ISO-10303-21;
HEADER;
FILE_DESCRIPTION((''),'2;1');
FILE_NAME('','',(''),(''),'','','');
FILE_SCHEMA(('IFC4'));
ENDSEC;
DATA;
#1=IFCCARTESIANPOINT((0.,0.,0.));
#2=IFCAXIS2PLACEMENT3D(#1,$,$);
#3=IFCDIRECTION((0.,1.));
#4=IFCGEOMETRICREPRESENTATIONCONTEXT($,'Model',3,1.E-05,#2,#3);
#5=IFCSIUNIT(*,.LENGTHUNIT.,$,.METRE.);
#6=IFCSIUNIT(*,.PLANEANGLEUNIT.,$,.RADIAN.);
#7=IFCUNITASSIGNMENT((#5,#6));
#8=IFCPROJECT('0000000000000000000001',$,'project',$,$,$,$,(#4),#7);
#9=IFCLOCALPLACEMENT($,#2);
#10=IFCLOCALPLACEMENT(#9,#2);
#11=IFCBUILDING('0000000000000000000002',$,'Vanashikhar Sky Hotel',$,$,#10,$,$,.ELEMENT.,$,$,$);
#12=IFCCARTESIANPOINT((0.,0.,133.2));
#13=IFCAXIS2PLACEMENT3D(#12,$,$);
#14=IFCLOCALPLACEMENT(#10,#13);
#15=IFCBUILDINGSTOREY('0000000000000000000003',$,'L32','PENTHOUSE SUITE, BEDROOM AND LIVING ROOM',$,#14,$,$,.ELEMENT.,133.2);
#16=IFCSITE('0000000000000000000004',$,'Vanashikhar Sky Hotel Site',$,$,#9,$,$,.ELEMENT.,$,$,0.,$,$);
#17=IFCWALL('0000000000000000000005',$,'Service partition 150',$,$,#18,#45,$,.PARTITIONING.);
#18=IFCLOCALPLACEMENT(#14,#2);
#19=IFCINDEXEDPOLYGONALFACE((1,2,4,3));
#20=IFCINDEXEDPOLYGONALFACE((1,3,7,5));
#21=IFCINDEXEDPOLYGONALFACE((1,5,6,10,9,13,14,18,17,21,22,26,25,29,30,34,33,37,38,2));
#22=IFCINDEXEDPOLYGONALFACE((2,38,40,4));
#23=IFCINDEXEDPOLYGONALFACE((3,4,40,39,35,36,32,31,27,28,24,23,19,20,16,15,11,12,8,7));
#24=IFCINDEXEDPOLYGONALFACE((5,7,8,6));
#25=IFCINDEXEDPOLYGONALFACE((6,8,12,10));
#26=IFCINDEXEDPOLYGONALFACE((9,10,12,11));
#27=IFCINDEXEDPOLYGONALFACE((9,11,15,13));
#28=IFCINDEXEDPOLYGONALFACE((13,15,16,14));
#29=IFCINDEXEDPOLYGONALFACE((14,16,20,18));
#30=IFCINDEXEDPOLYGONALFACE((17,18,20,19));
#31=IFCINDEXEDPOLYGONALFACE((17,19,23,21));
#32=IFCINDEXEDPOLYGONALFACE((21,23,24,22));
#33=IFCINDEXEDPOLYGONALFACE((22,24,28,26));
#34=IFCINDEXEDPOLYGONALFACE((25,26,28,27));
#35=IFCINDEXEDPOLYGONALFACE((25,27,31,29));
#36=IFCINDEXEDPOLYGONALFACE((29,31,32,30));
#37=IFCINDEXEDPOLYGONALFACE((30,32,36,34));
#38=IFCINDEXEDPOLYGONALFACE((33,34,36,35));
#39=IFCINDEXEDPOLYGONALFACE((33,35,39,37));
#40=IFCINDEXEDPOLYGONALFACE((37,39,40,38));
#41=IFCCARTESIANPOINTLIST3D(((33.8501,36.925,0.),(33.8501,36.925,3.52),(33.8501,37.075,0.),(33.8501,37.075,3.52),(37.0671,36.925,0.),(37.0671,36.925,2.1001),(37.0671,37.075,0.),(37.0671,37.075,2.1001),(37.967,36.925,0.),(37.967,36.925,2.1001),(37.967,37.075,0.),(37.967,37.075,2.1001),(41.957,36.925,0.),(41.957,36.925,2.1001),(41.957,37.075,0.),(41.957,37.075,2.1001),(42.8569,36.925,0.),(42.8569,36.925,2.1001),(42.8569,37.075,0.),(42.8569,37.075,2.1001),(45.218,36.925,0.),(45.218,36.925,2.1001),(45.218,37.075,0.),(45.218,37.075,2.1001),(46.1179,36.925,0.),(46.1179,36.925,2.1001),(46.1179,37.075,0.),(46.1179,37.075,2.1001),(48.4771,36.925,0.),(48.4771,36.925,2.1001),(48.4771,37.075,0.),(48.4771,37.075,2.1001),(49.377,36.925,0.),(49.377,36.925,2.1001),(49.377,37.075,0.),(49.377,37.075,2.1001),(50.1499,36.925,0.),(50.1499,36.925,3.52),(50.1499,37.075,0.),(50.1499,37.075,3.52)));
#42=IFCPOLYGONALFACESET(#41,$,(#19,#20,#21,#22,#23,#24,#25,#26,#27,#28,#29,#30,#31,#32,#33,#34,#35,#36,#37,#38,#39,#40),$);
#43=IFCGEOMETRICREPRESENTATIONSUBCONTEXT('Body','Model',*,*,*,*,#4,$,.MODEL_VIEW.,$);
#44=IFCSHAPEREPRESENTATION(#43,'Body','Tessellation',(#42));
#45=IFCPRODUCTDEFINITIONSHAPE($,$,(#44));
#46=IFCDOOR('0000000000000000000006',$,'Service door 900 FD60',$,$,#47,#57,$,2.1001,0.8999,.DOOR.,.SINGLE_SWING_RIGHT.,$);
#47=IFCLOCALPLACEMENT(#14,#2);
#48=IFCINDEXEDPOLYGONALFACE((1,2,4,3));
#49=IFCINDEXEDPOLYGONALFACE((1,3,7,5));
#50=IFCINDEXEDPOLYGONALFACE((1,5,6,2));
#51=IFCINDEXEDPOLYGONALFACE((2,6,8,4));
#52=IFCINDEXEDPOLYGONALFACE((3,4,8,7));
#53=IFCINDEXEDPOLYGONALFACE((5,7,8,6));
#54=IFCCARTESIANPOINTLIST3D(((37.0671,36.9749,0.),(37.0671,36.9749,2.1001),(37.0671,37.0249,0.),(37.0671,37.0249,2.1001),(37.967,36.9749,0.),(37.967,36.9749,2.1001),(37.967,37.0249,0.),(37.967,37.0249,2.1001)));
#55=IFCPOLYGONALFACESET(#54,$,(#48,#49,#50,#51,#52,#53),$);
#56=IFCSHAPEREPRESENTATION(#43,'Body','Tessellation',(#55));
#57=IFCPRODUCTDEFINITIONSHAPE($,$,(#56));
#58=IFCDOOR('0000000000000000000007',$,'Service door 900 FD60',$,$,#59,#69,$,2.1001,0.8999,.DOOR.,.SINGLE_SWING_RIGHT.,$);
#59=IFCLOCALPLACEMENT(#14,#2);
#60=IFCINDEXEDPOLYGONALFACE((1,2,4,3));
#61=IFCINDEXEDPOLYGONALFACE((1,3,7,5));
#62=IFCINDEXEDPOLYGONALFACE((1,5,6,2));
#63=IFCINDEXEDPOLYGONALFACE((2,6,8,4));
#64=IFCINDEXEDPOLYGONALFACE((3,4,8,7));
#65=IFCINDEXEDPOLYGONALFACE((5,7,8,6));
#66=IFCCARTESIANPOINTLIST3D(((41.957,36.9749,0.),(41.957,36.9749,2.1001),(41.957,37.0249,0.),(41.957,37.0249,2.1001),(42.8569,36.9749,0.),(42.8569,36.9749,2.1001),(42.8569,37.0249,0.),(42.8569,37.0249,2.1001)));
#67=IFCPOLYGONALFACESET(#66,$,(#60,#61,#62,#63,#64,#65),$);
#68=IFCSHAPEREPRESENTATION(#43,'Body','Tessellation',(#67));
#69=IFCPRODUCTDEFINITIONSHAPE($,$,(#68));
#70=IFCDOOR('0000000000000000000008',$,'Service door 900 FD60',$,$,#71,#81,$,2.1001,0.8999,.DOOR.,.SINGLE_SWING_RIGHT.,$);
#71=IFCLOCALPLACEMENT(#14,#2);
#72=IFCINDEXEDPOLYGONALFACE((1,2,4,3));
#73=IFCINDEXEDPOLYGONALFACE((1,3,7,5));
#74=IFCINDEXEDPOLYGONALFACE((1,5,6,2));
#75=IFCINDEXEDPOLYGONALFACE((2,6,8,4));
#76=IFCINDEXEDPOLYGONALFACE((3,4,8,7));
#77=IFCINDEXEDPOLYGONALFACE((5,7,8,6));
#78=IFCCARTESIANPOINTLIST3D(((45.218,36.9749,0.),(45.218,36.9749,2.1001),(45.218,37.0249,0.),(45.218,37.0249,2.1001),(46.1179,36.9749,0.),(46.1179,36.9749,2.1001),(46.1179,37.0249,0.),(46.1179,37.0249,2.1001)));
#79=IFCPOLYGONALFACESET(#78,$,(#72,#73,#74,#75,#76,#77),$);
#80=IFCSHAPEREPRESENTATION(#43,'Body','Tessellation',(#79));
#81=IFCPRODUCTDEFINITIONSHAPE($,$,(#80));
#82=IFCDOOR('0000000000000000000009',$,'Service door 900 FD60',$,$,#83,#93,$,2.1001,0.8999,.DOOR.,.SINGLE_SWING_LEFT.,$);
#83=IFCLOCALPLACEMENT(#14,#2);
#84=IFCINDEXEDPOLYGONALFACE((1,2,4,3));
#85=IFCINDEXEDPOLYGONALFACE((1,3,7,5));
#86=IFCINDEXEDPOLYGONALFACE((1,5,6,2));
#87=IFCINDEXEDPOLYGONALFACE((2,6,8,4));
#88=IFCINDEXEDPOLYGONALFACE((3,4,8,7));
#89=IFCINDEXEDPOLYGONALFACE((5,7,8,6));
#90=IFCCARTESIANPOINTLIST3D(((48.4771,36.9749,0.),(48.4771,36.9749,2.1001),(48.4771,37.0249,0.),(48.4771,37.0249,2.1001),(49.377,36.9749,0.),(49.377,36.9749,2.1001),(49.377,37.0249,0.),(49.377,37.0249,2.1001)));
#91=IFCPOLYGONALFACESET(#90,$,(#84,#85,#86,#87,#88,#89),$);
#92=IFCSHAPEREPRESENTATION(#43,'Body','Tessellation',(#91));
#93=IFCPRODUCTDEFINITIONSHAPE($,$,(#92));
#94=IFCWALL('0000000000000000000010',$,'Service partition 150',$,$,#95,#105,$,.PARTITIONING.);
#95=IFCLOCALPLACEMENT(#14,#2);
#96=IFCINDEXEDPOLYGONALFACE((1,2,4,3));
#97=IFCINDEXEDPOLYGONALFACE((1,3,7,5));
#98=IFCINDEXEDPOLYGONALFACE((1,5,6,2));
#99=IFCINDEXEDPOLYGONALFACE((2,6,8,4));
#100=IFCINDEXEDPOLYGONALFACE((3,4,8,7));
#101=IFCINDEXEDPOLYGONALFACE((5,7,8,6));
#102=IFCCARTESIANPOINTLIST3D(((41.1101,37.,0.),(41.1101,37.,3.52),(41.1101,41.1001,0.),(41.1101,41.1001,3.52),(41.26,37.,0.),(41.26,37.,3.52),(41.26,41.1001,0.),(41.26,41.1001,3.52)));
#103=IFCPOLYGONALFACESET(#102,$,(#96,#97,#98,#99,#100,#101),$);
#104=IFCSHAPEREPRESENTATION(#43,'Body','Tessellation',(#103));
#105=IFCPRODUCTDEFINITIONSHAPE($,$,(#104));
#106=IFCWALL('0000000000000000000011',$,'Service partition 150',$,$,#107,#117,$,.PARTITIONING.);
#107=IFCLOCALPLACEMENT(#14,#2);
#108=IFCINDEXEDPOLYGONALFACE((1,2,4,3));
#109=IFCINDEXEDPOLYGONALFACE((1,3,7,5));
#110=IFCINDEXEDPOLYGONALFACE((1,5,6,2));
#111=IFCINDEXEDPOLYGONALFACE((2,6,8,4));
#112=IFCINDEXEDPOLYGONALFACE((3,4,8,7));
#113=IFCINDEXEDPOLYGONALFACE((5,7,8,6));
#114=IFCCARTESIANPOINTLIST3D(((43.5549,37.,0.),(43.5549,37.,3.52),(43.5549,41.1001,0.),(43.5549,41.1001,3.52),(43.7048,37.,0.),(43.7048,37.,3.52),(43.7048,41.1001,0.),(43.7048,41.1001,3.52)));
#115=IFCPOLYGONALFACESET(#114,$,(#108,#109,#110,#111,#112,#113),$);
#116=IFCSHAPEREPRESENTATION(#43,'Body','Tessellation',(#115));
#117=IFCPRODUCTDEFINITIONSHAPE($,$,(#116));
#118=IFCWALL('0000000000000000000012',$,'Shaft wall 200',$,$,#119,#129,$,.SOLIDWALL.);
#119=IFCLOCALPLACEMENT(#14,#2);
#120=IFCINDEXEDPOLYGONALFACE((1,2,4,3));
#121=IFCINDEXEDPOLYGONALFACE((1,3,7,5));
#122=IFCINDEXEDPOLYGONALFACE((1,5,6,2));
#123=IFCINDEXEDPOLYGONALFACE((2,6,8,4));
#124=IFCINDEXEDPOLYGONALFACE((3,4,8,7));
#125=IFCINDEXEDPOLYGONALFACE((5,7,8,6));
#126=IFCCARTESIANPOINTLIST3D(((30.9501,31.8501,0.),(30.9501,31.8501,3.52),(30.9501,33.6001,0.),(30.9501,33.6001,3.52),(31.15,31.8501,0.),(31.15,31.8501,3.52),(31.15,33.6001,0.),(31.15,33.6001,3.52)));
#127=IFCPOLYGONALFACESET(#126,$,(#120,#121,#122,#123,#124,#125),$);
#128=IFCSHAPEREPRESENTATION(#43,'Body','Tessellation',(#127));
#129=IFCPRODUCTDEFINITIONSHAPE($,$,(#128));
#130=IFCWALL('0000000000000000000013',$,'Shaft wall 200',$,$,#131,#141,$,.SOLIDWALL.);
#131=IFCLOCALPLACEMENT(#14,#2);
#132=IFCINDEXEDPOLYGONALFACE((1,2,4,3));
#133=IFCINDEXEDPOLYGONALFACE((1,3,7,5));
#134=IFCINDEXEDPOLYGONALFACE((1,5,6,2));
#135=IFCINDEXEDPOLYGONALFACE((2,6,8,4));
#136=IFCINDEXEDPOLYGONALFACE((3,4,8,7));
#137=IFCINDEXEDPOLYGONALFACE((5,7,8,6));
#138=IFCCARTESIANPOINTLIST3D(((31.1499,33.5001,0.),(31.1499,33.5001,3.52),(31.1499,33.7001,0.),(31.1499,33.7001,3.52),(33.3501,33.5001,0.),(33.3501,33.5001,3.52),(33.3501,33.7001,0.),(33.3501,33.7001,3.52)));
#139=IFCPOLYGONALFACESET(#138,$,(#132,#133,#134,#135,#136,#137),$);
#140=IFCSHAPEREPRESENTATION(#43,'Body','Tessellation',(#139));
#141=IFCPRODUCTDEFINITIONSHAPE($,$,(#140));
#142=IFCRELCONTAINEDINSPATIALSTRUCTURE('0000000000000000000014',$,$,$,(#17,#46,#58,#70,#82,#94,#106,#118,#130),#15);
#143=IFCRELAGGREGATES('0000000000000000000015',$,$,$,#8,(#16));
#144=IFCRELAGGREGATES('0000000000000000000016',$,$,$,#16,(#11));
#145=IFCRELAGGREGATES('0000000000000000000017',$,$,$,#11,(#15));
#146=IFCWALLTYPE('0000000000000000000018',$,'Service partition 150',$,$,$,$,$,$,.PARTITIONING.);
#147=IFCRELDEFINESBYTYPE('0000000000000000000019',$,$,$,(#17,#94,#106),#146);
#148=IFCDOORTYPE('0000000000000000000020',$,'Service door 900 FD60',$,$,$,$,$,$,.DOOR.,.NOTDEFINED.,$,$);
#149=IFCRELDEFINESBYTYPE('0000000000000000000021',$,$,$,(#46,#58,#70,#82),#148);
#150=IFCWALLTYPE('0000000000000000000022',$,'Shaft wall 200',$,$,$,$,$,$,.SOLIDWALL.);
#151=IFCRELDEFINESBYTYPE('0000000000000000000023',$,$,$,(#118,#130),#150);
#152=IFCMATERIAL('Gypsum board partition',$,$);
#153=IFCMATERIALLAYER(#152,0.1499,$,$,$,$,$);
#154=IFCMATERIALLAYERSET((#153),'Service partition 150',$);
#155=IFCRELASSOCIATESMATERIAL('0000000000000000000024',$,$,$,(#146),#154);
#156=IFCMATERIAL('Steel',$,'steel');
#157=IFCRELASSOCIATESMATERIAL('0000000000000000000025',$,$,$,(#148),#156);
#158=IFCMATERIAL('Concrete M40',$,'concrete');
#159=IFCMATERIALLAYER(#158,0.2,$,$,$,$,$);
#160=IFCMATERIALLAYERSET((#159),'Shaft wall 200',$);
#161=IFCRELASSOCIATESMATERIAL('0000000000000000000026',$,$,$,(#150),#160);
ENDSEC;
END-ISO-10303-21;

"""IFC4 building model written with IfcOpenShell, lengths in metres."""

from ifc_helpers import new_model, si_unit, direction, frame, frame_2d, origin, place, context, subcontext, project, spatial, rectangle, extrude, source, transform, mapped, material, layer, layer_set, type_object, element, fill, save


model = new_model("IFC4")

# Units and contexts
model_context = context("Model", 3, precision=1e-05, world=origin(), true_north=direction((0.0, 1.0)))
body_context = subcontext(model_context, "Body", "Model", "MODEL_VIEW")
ifc_project = project(units=[si_unit("LENGTHUNIT", "METRE"), si_unit("PLANEANGLEUNIT", "RADIAN")], contexts=[model_context])

# Site, building, storey
site_placement = place(None, origin())
site = spatial("IfcSite", under=ifc_project, at=site_placement, Name="Vanashikhar Sky Hotel Site", CompositionType="ELEMENT", RefElevation=0.0)
building_placement = place(site_placement, origin())
building = spatial("IfcBuilding", under=site, at=building_placement, Name="Vanashikhar Sky Hotel", CompositionType="ELEMENT")
storey_placement = place(building_placement, frame((0.0, 0.0, 133.2)))
storey = spatial("IfcBuildingStorey", under=building, at=storey_placement, Name="L32", Description="PENTHOUSE SUITE, BEDROOM AND LIVING ROOM", CompositionType="ELEMENT", Elevation=133.2)

# Shared definitions
ifc_material_1 = material(Name="Steel", Category="steel")

# Shared definitions
ifc_material_2 = material(Name="Gypsum board partition")
ifc_layer_1 = layer(ifc_material_2, 0.1499)
ifc_layer_set_1 = layer_set([ifc_layer_1], Name="Service partition 150")
wall_type_1 = type_object("IfcWallType", Name="Service partition 150", PredefinedType="PARTITIONING", material=ifc_layer_set_1)

# Wall, openings, doors
shared_shape_1 = source(origin(), body_context, "Body", "SweptSolid", [
    extrude(rectangle(XDim=0.8999, YDim=2.1001, at=frame_2d((0.45, 1.05))), frame((0.0, 0.085, 0.0), z_axis=(0.0, -1.0, 0.0), x_axis=(1.0, 0.0, 0.0)), (0.0, 0.0, 1.0), 0.1699),
])
door_type_1 = type_object("IfcDoorType", Name="Service door 900 FD60", OperationType="NOTDEFINED", PredefinedType="DOOR", material=ifc_material_1)
shared_shape_2 = source(origin(), body_context, "Body", "SweptSolid", [
    extrude(rectangle(XDim=0.8999, YDim=2.1001, at=frame_2d((0.45, 1.05))), frame((0.0, 0.0249, 0.0), z_axis=(0.0, -1.0, 0.0), x_axis=(1.0, 0.0, 0.0)), (0.0, 0.0, 1.0), 0.05),
])
shared_shape_3 = source(origin(), body_context, "Body", "SweptSolid", [
    extrude(rectangle(XDim=16.2998, YDim=0.1499, at=frame_2d((8.1499, 0.0))), origin(), (0.0, 0.0, 1.0), 3.52),
])
wall_1_placement = place(storey_placement, frame((33.8501, 37.0, 0.0), z_axis=(0.0, 0.0, 1.0), x_axis=(1.0, 0.0, 0.0)))
wall_1 = element("IfcWall", 1, at=wall_1_placement, inside=storey, type_object=wall_type_1, Name="Service partition 150", PredefinedType="PARTITIONING", context=body_context, shape_type="MappedRepresentation", body=[
    mapped(shared_shape_3, transform((0.0, 0.0, 0.0), scale=1.0)),
])
opening_1_placement = place(wall_1_placement, frame((3.217, 0.0, 0.0)))
opening_1 = element("IfcOpeningElement", 2, at=opening_1_placement, cuts=wall_1, PredefinedType="OPENING", context=body_context, shape_type="MappedRepresentation", body=[
    mapped(shared_shape_1, transform((0.0, 0.0, 0.0), scale=1.0)),
])
opening_2_placement = place(wall_1_placement, frame((8.1069, 0.0, 0.0)))
opening_2 = element("IfcOpeningElement", 3, at=opening_2_placement, cuts=wall_1, PredefinedType="OPENING", context=body_context, shape_type="MappedRepresentation", body=[
    mapped(shared_shape_1, transform((0.0, 0.0, 0.0), scale=1.0)),
])
opening_3_placement = place(wall_1_placement, frame((11.3679, 0.0, 0.0)))
opening_3 = element("IfcOpeningElement", 4, at=opening_3_placement, cuts=wall_1, PredefinedType="OPENING", context=body_context, shape_type="MappedRepresentation", body=[
    mapped(shared_shape_1, transform((0.0, 0.0, 0.0), scale=1.0)),
])
opening_4_placement = place(wall_1_placement, frame((14.627, 0.0, 0.0)))
opening_4 = element("IfcOpeningElement", 5, at=opening_4_placement, cuts=wall_1, PredefinedType="OPENING", context=body_context, shape_type="MappedRepresentation", body=[
    mapped(shared_shape_1, transform((0.0, 0.0, 0.0), scale=1.0)),
])
door_1_placement = place(opening_1_placement, origin())
door_1 = element("IfcDoor", 6, at=door_1_placement, inside=storey, type_object=door_type_1, Name="Service door 900 FD60", OperationType="SINGLE_SWING_RIGHT", OverallHeight=2.1001, OverallWidth=0.8999, PredefinedType="DOOR", context=body_context, shape_type="MappedRepresentation", body=[
    mapped(shared_shape_2, transform((0.0, 0.0, 0.0), scale=1.0)),
])
fill(opening_1, door_1)
door_2_placement = place(opening_2_placement, origin())
door_2 = element("IfcDoor", 7, at=door_2_placement, inside=storey, type_object=door_type_1, Name="Service door 900 FD60", OperationType="SINGLE_SWING_RIGHT", OverallHeight=2.1001, OverallWidth=0.8999, PredefinedType="DOOR", context=body_context, shape_type="MappedRepresentation", body=[
    mapped(shared_shape_2, transform((0.0, 0.0, 0.0), scale=1.0)),
])
fill(opening_2, door_2)
door_3_placement = place(opening_3_placement, origin())
door_3 = element("IfcDoor", 8, at=door_3_placement, inside=storey, type_object=door_type_1, Name="Service door 900 FD60", OperationType="SINGLE_SWING_RIGHT", OverallHeight=2.1001, OverallWidth=0.8999, PredefinedType="DOOR", context=body_context, shape_type="MappedRepresentation", body=[
    mapped(shared_shape_2, transform((0.0, 0.0, 0.0), scale=1.0)),
])
fill(opening_3, door_3)
door_4_placement = place(opening_4_placement, origin())
door_4 = element("IfcDoor", 9, at=door_4_placement, inside=storey, type_object=door_type_1, Name="Service door 900 FD60", OperationType="SINGLE_SWING_LEFT", OverallHeight=2.1001, OverallWidth=0.8999, PredefinedType="DOOR", context=body_context, shape_type="MappedRepresentation", body=[
    mapped(shared_shape_2, transform((0.0, 0.0, 0.0), scale=1.0)),
])
fill(opening_4, door_4)

# Walls
shared_shape_4 = source(origin(), body_context, "Body", "SweptSolid", [
    extrude(rectangle(XDim=4.1001, YDim=0.1499, at=frame_2d((2.05, 0.0))), origin(), (0.0, 0.0, 1.0), 3.52),
])
for number, where, z_axis, x_axis, name in (
    (10, (41.1851, 37.0, 0.0), (0.0, 0.0, 1.0), (0.0, 1.0, 0.0), "Service partition 150"),
    (11, (43.6299, 37.0, 0.0), (0.0, 0.0, 1.0), (0.0, 1.0, 0.0), "Service partition 150"),
):
    element("IfcWall", number, at=place(storey_placement, frame(where, z_axis=z_axis, x_axis=x_axis)), inside=storey, type_object=wall_type_1, Name=name, PredefinedType="PARTITIONING", context=body_context, shape_type="MappedRepresentation", body=[
        mapped(shared_shape_4, transform((0.0, 0.0, 0.0), scale=1.0)),
    ])
ifc_material_3 = material(Name="Concrete M40", Category="concrete")
ifc_layer_2 = layer(ifc_material_3, 0.2)
ifc_layer_set_2 = layer_set([ifc_layer_2], Name="Shaft wall 200")
wall_type_2 = type_object("IfcWallType", Name="Shaft wall 200", PredefinedType="SOLIDWALL", material=ifc_layer_set_2)
shared_shape_5 = source(origin(), body_context, "Body", "SweptSolid", [
    extrude(rectangle(XDim=1.75, YDim=0.2, at=frame_2d((0.875, 0.0))), origin(), (0.0, 0.0, 1.0), 3.52),
])
wall_2_placement = place(storey_placement, frame((31.05, 31.8501, 0.0), z_axis=(0.0, 0.0, 1.0), x_axis=(0.0, 1.0, 0.0)))
element("IfcWall", 12, at=wall_2_placement, inside=storey, type_object=wall_type_2, Name="Shaft wall 200", PredefinedType="SOLIDWALL", context=body_context, shape_type="MappedRepresentation", body=[
    mapped(shared_shape_5, transform((0.0, 0.0, 0.0), scale=1.0)),
])
shared_shape_6 = source(origin(), body_context, "Body", "SweptSolid", [
    extrude(rectangle(XDim=2.2002, YDim=0.2, at=frame_2d((1.1001, 0.0))), origin(), (0.0, 0.0, 1.0), 3.52),
])
wall_3_placement = place(storey_placement, frame((31.1499, 33.6001, 0.0), z_axis=(0.0, 0.0, 1.0), x_axis=(1.0, 0.0, 0.0)))
element("IfcWall", 13, at=wall_3_placement, inside=storey, type_object=wall_type_2, Name="Shaft wall 200", PredefinedType="SOLIDWALL", context=body_context, shape_type="MappedRepresentation", body=[
    mapped(shared_shape_6, transform((0.0, 0.0, 0.0), scale=1.0)),
])

save(model, "model.ifc")
